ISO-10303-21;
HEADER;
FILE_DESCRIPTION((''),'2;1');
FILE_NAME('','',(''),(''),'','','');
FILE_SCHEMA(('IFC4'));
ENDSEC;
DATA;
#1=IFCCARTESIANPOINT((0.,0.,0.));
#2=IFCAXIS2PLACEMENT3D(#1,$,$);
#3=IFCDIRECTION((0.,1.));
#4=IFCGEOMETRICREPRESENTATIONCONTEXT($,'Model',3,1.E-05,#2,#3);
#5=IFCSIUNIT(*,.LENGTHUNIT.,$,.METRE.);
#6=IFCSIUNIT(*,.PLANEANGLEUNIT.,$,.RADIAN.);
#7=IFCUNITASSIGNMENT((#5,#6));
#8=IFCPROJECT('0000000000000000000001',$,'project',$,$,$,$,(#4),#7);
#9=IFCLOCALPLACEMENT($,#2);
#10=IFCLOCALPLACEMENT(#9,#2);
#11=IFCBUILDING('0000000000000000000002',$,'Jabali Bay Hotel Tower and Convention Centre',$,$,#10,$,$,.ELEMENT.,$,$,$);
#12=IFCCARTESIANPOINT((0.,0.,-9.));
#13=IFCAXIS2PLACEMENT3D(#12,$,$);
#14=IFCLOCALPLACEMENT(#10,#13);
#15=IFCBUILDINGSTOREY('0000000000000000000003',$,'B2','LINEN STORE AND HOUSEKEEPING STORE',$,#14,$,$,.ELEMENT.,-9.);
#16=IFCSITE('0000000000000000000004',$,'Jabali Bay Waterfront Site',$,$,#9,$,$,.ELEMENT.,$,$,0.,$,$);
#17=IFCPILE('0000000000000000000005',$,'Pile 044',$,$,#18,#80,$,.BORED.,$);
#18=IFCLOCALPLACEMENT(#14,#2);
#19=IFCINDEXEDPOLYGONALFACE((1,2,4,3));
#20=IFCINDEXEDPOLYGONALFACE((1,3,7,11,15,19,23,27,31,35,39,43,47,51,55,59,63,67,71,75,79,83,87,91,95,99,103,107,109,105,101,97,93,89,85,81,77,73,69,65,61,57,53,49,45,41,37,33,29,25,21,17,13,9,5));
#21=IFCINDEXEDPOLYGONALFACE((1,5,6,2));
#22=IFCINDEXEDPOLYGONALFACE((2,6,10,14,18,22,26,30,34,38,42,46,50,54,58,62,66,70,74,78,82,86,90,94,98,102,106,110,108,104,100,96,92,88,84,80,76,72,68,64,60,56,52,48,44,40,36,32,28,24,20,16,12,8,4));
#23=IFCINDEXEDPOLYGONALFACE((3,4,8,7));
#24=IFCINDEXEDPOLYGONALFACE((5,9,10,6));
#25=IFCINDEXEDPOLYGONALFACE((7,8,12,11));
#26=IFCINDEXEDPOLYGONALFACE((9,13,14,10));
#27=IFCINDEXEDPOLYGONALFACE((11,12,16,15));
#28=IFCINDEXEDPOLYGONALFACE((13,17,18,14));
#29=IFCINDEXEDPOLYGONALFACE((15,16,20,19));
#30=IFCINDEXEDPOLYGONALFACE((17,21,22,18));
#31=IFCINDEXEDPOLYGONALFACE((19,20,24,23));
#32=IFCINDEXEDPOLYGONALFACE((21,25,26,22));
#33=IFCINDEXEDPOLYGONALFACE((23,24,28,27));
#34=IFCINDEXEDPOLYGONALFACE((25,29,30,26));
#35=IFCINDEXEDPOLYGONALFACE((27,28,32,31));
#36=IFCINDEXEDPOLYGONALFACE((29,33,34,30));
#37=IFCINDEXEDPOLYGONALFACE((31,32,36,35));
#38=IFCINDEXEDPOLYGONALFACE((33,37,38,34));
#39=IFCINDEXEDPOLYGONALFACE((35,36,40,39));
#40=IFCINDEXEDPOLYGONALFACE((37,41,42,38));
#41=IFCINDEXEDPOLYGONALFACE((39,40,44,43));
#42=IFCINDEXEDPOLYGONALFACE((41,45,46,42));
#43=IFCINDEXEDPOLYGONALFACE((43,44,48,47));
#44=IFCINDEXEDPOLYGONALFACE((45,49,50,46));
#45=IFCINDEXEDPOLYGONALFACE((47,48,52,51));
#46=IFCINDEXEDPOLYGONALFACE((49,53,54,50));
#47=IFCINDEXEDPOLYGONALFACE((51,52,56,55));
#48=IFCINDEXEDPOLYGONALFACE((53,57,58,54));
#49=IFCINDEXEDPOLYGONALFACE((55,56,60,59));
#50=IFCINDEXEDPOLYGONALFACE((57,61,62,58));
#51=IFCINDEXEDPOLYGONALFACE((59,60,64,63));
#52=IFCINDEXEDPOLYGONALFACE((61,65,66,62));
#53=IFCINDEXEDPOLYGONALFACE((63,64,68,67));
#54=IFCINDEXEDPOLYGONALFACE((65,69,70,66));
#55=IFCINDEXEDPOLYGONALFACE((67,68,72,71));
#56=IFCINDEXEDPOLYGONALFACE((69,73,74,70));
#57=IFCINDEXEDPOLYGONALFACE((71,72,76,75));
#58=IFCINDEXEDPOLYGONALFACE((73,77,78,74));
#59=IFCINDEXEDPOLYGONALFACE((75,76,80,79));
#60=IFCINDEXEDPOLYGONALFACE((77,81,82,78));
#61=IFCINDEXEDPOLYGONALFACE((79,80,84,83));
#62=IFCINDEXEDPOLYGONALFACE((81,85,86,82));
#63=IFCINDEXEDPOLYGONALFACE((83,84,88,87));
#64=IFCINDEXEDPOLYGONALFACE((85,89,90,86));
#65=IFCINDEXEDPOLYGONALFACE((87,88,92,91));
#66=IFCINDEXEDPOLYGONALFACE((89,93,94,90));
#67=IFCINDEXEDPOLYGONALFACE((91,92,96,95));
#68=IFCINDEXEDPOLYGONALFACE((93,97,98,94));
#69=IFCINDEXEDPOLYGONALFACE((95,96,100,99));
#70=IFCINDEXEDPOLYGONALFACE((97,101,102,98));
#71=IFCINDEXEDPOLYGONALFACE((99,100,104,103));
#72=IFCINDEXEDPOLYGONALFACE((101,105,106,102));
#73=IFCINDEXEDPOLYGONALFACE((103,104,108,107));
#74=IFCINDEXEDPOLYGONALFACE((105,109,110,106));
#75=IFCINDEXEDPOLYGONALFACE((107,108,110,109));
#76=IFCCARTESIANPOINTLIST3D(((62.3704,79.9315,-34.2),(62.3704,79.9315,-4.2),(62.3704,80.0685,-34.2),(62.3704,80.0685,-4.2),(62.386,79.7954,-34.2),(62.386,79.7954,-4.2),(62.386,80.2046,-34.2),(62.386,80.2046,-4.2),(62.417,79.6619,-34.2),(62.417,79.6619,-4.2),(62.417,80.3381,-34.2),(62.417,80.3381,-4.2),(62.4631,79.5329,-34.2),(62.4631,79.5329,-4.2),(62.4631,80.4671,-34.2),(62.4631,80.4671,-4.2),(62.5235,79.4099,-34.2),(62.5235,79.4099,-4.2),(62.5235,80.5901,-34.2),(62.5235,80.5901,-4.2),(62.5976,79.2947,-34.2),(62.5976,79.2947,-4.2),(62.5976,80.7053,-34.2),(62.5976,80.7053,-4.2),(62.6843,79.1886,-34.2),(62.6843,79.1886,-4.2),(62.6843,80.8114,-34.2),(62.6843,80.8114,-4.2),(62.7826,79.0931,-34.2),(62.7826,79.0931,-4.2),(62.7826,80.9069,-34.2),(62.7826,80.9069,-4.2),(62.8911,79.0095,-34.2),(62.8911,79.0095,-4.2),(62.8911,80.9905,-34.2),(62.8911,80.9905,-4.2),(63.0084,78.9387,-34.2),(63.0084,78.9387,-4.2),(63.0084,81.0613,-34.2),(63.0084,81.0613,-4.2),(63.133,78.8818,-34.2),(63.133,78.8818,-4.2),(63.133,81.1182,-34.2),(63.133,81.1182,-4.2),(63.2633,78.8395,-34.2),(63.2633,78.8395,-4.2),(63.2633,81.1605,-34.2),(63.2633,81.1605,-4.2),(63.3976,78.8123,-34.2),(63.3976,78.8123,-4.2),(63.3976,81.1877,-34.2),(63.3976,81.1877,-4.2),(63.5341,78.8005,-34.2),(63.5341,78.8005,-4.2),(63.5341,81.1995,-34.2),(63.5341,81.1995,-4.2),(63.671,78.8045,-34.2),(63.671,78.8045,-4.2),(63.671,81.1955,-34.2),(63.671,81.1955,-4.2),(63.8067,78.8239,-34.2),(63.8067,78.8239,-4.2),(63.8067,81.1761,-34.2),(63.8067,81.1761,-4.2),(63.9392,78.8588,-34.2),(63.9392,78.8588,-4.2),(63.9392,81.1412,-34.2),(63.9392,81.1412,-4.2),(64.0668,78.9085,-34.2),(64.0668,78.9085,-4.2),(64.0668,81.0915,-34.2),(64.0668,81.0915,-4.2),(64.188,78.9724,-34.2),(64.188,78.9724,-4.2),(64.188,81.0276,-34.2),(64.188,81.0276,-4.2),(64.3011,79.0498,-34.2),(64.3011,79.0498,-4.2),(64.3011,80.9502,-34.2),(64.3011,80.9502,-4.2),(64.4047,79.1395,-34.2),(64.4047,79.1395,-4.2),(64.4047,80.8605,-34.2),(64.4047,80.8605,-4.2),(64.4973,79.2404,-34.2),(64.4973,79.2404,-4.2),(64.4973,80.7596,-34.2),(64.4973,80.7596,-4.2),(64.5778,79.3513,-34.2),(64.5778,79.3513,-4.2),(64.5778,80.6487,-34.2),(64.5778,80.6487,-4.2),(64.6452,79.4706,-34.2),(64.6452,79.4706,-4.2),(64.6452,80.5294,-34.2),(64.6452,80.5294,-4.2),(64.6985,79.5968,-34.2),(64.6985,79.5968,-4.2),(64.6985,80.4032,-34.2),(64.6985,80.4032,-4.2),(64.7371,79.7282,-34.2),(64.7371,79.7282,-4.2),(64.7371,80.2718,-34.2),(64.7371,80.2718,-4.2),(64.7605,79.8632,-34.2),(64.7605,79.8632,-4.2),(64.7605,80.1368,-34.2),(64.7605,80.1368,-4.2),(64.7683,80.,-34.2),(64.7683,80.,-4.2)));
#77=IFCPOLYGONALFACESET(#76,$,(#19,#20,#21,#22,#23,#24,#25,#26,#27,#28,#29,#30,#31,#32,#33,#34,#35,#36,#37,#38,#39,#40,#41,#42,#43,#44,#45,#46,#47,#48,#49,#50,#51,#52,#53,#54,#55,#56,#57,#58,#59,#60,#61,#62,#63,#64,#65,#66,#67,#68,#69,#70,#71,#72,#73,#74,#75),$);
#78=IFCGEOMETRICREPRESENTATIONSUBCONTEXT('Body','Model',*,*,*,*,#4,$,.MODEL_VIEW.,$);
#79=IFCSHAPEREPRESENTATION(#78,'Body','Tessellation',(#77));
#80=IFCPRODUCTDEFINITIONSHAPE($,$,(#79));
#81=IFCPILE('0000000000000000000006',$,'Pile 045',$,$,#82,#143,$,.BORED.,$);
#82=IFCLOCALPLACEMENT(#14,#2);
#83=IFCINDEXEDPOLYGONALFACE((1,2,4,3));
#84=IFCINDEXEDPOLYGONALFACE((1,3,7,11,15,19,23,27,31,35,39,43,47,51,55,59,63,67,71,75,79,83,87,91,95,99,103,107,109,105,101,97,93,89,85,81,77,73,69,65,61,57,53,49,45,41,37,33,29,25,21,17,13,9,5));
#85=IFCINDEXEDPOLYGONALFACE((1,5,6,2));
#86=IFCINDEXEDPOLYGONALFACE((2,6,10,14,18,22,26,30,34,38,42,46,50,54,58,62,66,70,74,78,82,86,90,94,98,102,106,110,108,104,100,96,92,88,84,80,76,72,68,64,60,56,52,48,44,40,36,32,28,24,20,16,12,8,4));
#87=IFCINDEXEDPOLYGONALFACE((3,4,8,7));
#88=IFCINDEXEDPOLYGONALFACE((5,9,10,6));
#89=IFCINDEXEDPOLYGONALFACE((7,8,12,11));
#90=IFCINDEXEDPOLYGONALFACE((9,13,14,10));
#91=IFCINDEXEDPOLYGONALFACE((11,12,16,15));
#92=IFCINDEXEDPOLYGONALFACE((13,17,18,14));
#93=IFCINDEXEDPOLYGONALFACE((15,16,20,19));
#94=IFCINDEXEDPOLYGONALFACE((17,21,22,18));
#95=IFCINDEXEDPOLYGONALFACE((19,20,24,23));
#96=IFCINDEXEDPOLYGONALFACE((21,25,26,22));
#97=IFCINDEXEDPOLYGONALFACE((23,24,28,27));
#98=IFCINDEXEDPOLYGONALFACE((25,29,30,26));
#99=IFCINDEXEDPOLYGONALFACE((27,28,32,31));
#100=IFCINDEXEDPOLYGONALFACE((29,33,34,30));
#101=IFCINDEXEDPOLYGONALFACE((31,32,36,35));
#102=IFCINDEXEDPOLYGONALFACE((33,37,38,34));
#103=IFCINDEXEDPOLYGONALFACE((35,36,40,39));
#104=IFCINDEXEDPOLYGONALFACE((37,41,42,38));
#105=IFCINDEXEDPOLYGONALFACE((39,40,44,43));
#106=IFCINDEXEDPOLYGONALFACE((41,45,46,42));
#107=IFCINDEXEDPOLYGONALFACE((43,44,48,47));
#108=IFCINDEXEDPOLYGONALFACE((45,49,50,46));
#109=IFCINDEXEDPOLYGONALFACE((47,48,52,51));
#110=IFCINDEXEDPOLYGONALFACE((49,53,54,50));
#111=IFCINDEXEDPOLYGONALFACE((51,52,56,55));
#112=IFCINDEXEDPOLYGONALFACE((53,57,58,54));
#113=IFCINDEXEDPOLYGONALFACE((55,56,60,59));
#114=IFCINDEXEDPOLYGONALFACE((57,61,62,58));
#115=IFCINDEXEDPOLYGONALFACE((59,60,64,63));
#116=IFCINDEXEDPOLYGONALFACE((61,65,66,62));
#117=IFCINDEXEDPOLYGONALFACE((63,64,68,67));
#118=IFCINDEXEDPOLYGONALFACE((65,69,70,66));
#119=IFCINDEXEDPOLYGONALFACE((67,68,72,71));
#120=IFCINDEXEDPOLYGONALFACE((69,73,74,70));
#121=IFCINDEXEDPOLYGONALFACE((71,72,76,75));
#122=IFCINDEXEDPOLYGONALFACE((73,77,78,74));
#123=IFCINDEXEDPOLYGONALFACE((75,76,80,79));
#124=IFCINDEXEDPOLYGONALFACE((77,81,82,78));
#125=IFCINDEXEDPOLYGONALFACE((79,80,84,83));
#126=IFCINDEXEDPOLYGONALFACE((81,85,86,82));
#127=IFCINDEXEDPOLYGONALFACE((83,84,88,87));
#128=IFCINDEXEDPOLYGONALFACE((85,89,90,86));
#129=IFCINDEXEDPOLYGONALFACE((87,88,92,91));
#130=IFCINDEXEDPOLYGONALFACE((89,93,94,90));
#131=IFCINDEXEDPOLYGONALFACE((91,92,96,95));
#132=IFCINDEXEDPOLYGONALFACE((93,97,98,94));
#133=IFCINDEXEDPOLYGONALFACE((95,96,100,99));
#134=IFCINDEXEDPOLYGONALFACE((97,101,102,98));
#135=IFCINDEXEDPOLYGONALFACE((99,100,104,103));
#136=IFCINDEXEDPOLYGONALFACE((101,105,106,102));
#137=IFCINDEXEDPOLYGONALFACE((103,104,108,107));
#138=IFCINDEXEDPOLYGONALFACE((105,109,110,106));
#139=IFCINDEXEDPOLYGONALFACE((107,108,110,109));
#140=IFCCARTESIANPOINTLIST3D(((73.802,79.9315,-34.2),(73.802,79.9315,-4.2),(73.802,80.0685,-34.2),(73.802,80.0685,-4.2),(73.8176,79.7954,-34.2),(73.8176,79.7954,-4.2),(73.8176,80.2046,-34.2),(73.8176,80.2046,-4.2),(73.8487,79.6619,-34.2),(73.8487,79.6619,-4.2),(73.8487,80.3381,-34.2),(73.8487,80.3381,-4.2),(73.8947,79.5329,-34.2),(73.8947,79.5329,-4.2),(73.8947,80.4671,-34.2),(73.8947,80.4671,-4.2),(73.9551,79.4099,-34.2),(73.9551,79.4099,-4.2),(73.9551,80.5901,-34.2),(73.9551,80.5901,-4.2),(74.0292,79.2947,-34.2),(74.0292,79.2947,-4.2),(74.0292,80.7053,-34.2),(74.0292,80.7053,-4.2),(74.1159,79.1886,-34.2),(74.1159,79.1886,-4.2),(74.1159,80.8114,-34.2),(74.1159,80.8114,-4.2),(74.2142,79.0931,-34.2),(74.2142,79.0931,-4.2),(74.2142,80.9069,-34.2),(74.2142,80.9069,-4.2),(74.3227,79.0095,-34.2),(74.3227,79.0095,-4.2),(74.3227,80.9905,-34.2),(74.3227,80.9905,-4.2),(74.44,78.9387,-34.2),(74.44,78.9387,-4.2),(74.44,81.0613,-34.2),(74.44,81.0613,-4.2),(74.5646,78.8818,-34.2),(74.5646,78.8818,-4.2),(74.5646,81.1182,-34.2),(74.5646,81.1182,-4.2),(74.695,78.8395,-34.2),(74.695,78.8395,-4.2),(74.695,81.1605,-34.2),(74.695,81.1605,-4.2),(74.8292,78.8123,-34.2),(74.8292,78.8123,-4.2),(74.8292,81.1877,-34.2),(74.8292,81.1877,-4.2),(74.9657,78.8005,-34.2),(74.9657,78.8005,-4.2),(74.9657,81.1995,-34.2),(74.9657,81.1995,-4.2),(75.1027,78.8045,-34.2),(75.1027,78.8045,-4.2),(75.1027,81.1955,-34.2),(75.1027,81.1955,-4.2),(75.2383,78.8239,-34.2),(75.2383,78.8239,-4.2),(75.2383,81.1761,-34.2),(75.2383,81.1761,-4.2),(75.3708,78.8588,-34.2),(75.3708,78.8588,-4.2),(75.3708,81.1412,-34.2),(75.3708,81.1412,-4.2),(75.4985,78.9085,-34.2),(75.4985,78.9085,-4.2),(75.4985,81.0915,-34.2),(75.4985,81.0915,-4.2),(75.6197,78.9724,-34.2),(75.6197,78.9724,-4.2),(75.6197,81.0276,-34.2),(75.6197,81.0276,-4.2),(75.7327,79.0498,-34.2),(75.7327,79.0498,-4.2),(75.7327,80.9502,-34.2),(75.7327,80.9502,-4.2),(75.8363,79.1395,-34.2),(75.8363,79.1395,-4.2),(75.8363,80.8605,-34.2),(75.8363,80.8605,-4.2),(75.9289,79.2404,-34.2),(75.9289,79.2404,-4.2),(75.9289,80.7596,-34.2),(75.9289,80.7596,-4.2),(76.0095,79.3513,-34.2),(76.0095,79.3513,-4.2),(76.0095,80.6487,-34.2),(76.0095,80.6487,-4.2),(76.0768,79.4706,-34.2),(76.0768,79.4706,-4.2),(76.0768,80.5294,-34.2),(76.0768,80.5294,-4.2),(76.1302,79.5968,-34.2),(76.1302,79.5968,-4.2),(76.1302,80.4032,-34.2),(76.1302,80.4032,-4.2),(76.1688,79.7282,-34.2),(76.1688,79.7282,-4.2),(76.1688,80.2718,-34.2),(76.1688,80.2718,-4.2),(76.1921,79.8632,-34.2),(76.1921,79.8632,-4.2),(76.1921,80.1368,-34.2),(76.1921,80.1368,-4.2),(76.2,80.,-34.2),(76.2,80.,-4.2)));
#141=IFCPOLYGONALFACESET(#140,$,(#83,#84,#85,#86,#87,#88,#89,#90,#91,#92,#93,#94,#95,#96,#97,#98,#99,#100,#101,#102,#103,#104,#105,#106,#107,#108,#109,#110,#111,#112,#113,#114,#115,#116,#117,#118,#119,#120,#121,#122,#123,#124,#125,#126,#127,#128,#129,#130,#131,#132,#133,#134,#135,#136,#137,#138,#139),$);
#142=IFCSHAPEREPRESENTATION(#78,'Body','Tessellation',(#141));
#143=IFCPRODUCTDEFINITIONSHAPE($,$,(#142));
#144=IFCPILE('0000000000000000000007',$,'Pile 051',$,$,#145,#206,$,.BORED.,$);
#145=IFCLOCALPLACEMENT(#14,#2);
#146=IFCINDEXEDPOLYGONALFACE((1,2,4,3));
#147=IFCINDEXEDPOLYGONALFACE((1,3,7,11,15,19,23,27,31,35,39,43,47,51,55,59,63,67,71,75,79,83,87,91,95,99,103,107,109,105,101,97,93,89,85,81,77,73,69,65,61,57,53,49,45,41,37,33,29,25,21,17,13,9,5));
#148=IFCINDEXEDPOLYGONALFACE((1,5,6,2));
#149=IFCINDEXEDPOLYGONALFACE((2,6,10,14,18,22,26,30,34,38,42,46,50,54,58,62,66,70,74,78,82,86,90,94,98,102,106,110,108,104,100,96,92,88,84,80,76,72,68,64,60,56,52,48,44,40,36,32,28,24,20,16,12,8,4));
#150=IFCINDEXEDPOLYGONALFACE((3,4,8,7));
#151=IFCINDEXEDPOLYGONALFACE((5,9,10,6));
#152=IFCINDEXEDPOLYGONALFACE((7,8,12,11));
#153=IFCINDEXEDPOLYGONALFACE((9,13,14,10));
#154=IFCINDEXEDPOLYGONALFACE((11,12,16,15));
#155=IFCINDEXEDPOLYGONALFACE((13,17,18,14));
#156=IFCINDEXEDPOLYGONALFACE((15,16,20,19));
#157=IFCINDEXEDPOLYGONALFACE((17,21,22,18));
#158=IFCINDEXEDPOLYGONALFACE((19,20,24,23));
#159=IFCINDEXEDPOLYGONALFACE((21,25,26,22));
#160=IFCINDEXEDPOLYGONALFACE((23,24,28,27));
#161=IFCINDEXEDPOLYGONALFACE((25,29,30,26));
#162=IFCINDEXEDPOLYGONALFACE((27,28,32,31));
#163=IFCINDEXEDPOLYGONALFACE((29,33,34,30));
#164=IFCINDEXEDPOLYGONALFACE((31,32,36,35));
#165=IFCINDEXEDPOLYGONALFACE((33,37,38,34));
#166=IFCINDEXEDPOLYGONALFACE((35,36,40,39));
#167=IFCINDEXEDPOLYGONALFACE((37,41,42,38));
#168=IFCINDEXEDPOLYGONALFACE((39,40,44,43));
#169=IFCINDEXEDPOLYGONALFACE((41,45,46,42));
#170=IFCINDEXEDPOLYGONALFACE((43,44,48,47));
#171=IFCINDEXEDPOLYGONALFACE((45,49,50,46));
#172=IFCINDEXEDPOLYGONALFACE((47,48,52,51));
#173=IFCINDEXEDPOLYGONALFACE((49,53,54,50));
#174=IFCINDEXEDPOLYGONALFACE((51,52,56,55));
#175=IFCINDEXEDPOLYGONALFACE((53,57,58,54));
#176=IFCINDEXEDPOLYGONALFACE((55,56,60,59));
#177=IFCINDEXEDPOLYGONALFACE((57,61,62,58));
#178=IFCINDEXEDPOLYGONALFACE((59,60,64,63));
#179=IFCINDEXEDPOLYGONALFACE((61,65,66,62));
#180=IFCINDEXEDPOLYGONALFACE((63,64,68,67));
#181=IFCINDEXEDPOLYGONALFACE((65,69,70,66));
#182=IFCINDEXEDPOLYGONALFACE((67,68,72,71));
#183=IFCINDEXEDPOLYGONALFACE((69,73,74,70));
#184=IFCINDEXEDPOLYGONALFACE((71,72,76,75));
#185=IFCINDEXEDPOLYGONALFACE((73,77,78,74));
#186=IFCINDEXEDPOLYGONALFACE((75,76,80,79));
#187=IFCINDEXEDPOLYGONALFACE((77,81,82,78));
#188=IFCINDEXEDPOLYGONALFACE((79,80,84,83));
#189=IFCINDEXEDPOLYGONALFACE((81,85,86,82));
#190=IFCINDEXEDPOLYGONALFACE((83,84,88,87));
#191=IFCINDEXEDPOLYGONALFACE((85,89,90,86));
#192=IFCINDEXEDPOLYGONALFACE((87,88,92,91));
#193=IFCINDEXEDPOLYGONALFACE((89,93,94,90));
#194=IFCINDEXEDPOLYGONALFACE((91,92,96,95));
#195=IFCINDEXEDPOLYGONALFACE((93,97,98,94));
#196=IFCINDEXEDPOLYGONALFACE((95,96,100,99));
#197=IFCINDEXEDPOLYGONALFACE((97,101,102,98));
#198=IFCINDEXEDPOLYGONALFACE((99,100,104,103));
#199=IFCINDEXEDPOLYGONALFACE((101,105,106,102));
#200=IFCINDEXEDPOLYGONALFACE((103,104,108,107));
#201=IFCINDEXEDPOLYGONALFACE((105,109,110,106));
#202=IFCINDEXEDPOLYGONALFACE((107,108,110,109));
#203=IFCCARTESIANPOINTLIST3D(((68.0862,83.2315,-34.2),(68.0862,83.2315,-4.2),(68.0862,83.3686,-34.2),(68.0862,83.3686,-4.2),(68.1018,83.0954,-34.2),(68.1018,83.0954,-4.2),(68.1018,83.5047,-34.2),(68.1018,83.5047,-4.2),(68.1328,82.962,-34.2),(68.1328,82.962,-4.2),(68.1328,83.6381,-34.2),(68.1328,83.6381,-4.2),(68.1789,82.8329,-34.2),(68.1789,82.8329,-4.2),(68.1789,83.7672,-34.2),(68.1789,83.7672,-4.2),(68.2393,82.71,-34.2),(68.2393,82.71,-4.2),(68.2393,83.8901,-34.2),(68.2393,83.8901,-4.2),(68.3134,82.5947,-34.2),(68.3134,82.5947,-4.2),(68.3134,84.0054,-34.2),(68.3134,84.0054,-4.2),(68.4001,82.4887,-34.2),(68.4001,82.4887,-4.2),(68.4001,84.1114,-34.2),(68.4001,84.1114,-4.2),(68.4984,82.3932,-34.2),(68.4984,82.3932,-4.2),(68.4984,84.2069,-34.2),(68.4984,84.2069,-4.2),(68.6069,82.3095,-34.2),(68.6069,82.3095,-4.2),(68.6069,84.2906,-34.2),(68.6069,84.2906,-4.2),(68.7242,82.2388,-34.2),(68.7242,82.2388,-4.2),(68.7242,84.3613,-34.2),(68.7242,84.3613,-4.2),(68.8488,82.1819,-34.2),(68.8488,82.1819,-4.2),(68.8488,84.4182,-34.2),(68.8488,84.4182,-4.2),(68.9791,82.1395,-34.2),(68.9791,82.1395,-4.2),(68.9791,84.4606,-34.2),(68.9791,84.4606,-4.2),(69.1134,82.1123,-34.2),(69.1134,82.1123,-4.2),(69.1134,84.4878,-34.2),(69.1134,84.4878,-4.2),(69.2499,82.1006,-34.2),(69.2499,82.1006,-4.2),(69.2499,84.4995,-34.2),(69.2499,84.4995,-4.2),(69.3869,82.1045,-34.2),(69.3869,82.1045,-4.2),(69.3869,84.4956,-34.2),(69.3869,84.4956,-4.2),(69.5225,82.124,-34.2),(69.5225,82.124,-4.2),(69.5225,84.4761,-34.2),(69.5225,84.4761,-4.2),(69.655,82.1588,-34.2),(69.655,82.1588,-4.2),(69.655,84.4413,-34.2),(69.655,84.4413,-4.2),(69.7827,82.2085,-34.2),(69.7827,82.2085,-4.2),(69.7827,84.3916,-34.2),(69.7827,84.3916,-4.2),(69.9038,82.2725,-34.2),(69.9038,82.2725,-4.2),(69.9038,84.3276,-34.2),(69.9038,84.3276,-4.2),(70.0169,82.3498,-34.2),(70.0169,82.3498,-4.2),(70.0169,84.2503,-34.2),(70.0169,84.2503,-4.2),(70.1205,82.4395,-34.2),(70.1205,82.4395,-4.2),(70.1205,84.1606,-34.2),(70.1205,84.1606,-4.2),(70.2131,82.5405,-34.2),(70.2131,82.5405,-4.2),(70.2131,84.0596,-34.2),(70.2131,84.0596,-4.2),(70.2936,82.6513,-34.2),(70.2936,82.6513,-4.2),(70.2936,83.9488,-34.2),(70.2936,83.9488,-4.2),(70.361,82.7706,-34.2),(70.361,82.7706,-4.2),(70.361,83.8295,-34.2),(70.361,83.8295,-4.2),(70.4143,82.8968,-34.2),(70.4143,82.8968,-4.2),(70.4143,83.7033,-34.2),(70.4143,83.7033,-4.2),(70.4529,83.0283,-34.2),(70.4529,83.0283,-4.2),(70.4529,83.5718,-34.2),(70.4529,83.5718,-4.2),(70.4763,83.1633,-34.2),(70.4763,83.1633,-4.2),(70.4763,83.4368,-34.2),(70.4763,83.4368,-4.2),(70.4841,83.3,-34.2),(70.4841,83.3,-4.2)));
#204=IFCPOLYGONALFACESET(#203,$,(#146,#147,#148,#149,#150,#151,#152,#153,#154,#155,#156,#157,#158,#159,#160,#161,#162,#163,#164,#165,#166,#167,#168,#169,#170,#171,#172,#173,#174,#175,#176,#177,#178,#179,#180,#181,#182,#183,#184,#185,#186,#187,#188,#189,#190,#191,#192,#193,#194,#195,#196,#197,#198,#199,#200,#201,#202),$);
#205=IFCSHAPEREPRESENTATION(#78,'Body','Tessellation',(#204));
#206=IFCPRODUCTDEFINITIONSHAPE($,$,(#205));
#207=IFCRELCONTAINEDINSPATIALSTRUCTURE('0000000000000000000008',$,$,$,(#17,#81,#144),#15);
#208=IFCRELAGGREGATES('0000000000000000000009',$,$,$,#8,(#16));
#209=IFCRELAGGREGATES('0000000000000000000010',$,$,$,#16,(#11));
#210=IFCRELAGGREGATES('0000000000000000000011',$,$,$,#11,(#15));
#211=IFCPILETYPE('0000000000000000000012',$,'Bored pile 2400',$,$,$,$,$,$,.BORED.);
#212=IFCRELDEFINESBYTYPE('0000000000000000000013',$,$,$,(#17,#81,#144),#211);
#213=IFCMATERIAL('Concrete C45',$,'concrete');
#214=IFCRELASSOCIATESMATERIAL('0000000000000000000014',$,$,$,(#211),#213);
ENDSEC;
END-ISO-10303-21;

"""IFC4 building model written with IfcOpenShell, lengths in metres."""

from ifc_helpers import new_model, si_unit, direction, frame, origin, origin_2d, place, context, subcontext, project, spatial, circle, extrude, material, material_profile, profile_set, type_object, element, save


model = new_model("IFC4")

# Units and contexts
model_context = context("Model", 3, precision=1e-05, world=origin(), true_north=direction((0.0, 1.0)))
body_context = subcontext(model_context, "Body", "Model", "MODEL_VIEW")
ifc_project = project(units=[si_unit("LENGTHUNIT", "METRE"), si_unit("PLANEANGLEUNIT", "RADIAN")], contexts=[model_context])

# Site, building, storey
site_placement = place(None, origin())
site = spatial("IfcSite", under=ifc_project, at=site_placement, Name="Jabali Bay Waterfront Site", CompositionType="ELEMENT", RefElevation=0.0)
building_placement = place(site_placement, origin())
building = spatial("IfcBuilding", under=site, at=building_placement, Name="Jabali Bay Hotel Tower and Convention Centre", CompositionType="ELEMENT")
storey_placement = place(building_placement, frame((0.0, 0.0, -9.0)))
storey = spatial("IfcBuildingStorey", under=building, at=storey_placement, Name="B2", Description="LINEN STORE AND HOUSEKEEPING STORE", CompositionType="ELEMENT", Elevation=-9.0)

# Piles
ifc_material_1 = material(Name="Concrete C45", Category="concrete")
ifc_material_profile_1 = material_profile(ifc_material_1, circle(Radius=1.2, at=origin_2d()), Name="Bored pile 2400")
ifc_profile_set_1 = profile_set([ifc_material_profile_1], Name="Concrete C45")
pile_type = type_object("IfcPileType", Name="Bored pile 2400", PredefinedType="BORED", material=ifc_profile_set_1)
for number, where, z_axis, x_axis, name in (
    (1, (63.5684, 80.0, -4.2), (0.0, 0.0, -1.0), (1.0, 0.0, 0.0), "Pile 044"),
    (2, (75.0, 80.0, -4.2), (0.0, 0.0, -1.0), (1.0, 0.0, 0.0), "Pile 045"),
    (3, (69.2842, 83.3, -4.2), (0.0, 0.0, -1.0), (1.0, 0.0, 0.0), "Pile 051"),
):
    element("IfcPile", number, at=place(storey_placement, frame(where, z_axis=z_axis, x_axis=x_axis)), inside=storey, type_object=pile_type, Name=name, PredefinedType="BORED", context=body_context, shape_type="SweptSolid", body=[
        extrude(circle(Radius=1.2, at=origin_2d()), origin(), (0.0, 0.0, 1.0), 30.0),
    ])

save(model, "model.ifc")
